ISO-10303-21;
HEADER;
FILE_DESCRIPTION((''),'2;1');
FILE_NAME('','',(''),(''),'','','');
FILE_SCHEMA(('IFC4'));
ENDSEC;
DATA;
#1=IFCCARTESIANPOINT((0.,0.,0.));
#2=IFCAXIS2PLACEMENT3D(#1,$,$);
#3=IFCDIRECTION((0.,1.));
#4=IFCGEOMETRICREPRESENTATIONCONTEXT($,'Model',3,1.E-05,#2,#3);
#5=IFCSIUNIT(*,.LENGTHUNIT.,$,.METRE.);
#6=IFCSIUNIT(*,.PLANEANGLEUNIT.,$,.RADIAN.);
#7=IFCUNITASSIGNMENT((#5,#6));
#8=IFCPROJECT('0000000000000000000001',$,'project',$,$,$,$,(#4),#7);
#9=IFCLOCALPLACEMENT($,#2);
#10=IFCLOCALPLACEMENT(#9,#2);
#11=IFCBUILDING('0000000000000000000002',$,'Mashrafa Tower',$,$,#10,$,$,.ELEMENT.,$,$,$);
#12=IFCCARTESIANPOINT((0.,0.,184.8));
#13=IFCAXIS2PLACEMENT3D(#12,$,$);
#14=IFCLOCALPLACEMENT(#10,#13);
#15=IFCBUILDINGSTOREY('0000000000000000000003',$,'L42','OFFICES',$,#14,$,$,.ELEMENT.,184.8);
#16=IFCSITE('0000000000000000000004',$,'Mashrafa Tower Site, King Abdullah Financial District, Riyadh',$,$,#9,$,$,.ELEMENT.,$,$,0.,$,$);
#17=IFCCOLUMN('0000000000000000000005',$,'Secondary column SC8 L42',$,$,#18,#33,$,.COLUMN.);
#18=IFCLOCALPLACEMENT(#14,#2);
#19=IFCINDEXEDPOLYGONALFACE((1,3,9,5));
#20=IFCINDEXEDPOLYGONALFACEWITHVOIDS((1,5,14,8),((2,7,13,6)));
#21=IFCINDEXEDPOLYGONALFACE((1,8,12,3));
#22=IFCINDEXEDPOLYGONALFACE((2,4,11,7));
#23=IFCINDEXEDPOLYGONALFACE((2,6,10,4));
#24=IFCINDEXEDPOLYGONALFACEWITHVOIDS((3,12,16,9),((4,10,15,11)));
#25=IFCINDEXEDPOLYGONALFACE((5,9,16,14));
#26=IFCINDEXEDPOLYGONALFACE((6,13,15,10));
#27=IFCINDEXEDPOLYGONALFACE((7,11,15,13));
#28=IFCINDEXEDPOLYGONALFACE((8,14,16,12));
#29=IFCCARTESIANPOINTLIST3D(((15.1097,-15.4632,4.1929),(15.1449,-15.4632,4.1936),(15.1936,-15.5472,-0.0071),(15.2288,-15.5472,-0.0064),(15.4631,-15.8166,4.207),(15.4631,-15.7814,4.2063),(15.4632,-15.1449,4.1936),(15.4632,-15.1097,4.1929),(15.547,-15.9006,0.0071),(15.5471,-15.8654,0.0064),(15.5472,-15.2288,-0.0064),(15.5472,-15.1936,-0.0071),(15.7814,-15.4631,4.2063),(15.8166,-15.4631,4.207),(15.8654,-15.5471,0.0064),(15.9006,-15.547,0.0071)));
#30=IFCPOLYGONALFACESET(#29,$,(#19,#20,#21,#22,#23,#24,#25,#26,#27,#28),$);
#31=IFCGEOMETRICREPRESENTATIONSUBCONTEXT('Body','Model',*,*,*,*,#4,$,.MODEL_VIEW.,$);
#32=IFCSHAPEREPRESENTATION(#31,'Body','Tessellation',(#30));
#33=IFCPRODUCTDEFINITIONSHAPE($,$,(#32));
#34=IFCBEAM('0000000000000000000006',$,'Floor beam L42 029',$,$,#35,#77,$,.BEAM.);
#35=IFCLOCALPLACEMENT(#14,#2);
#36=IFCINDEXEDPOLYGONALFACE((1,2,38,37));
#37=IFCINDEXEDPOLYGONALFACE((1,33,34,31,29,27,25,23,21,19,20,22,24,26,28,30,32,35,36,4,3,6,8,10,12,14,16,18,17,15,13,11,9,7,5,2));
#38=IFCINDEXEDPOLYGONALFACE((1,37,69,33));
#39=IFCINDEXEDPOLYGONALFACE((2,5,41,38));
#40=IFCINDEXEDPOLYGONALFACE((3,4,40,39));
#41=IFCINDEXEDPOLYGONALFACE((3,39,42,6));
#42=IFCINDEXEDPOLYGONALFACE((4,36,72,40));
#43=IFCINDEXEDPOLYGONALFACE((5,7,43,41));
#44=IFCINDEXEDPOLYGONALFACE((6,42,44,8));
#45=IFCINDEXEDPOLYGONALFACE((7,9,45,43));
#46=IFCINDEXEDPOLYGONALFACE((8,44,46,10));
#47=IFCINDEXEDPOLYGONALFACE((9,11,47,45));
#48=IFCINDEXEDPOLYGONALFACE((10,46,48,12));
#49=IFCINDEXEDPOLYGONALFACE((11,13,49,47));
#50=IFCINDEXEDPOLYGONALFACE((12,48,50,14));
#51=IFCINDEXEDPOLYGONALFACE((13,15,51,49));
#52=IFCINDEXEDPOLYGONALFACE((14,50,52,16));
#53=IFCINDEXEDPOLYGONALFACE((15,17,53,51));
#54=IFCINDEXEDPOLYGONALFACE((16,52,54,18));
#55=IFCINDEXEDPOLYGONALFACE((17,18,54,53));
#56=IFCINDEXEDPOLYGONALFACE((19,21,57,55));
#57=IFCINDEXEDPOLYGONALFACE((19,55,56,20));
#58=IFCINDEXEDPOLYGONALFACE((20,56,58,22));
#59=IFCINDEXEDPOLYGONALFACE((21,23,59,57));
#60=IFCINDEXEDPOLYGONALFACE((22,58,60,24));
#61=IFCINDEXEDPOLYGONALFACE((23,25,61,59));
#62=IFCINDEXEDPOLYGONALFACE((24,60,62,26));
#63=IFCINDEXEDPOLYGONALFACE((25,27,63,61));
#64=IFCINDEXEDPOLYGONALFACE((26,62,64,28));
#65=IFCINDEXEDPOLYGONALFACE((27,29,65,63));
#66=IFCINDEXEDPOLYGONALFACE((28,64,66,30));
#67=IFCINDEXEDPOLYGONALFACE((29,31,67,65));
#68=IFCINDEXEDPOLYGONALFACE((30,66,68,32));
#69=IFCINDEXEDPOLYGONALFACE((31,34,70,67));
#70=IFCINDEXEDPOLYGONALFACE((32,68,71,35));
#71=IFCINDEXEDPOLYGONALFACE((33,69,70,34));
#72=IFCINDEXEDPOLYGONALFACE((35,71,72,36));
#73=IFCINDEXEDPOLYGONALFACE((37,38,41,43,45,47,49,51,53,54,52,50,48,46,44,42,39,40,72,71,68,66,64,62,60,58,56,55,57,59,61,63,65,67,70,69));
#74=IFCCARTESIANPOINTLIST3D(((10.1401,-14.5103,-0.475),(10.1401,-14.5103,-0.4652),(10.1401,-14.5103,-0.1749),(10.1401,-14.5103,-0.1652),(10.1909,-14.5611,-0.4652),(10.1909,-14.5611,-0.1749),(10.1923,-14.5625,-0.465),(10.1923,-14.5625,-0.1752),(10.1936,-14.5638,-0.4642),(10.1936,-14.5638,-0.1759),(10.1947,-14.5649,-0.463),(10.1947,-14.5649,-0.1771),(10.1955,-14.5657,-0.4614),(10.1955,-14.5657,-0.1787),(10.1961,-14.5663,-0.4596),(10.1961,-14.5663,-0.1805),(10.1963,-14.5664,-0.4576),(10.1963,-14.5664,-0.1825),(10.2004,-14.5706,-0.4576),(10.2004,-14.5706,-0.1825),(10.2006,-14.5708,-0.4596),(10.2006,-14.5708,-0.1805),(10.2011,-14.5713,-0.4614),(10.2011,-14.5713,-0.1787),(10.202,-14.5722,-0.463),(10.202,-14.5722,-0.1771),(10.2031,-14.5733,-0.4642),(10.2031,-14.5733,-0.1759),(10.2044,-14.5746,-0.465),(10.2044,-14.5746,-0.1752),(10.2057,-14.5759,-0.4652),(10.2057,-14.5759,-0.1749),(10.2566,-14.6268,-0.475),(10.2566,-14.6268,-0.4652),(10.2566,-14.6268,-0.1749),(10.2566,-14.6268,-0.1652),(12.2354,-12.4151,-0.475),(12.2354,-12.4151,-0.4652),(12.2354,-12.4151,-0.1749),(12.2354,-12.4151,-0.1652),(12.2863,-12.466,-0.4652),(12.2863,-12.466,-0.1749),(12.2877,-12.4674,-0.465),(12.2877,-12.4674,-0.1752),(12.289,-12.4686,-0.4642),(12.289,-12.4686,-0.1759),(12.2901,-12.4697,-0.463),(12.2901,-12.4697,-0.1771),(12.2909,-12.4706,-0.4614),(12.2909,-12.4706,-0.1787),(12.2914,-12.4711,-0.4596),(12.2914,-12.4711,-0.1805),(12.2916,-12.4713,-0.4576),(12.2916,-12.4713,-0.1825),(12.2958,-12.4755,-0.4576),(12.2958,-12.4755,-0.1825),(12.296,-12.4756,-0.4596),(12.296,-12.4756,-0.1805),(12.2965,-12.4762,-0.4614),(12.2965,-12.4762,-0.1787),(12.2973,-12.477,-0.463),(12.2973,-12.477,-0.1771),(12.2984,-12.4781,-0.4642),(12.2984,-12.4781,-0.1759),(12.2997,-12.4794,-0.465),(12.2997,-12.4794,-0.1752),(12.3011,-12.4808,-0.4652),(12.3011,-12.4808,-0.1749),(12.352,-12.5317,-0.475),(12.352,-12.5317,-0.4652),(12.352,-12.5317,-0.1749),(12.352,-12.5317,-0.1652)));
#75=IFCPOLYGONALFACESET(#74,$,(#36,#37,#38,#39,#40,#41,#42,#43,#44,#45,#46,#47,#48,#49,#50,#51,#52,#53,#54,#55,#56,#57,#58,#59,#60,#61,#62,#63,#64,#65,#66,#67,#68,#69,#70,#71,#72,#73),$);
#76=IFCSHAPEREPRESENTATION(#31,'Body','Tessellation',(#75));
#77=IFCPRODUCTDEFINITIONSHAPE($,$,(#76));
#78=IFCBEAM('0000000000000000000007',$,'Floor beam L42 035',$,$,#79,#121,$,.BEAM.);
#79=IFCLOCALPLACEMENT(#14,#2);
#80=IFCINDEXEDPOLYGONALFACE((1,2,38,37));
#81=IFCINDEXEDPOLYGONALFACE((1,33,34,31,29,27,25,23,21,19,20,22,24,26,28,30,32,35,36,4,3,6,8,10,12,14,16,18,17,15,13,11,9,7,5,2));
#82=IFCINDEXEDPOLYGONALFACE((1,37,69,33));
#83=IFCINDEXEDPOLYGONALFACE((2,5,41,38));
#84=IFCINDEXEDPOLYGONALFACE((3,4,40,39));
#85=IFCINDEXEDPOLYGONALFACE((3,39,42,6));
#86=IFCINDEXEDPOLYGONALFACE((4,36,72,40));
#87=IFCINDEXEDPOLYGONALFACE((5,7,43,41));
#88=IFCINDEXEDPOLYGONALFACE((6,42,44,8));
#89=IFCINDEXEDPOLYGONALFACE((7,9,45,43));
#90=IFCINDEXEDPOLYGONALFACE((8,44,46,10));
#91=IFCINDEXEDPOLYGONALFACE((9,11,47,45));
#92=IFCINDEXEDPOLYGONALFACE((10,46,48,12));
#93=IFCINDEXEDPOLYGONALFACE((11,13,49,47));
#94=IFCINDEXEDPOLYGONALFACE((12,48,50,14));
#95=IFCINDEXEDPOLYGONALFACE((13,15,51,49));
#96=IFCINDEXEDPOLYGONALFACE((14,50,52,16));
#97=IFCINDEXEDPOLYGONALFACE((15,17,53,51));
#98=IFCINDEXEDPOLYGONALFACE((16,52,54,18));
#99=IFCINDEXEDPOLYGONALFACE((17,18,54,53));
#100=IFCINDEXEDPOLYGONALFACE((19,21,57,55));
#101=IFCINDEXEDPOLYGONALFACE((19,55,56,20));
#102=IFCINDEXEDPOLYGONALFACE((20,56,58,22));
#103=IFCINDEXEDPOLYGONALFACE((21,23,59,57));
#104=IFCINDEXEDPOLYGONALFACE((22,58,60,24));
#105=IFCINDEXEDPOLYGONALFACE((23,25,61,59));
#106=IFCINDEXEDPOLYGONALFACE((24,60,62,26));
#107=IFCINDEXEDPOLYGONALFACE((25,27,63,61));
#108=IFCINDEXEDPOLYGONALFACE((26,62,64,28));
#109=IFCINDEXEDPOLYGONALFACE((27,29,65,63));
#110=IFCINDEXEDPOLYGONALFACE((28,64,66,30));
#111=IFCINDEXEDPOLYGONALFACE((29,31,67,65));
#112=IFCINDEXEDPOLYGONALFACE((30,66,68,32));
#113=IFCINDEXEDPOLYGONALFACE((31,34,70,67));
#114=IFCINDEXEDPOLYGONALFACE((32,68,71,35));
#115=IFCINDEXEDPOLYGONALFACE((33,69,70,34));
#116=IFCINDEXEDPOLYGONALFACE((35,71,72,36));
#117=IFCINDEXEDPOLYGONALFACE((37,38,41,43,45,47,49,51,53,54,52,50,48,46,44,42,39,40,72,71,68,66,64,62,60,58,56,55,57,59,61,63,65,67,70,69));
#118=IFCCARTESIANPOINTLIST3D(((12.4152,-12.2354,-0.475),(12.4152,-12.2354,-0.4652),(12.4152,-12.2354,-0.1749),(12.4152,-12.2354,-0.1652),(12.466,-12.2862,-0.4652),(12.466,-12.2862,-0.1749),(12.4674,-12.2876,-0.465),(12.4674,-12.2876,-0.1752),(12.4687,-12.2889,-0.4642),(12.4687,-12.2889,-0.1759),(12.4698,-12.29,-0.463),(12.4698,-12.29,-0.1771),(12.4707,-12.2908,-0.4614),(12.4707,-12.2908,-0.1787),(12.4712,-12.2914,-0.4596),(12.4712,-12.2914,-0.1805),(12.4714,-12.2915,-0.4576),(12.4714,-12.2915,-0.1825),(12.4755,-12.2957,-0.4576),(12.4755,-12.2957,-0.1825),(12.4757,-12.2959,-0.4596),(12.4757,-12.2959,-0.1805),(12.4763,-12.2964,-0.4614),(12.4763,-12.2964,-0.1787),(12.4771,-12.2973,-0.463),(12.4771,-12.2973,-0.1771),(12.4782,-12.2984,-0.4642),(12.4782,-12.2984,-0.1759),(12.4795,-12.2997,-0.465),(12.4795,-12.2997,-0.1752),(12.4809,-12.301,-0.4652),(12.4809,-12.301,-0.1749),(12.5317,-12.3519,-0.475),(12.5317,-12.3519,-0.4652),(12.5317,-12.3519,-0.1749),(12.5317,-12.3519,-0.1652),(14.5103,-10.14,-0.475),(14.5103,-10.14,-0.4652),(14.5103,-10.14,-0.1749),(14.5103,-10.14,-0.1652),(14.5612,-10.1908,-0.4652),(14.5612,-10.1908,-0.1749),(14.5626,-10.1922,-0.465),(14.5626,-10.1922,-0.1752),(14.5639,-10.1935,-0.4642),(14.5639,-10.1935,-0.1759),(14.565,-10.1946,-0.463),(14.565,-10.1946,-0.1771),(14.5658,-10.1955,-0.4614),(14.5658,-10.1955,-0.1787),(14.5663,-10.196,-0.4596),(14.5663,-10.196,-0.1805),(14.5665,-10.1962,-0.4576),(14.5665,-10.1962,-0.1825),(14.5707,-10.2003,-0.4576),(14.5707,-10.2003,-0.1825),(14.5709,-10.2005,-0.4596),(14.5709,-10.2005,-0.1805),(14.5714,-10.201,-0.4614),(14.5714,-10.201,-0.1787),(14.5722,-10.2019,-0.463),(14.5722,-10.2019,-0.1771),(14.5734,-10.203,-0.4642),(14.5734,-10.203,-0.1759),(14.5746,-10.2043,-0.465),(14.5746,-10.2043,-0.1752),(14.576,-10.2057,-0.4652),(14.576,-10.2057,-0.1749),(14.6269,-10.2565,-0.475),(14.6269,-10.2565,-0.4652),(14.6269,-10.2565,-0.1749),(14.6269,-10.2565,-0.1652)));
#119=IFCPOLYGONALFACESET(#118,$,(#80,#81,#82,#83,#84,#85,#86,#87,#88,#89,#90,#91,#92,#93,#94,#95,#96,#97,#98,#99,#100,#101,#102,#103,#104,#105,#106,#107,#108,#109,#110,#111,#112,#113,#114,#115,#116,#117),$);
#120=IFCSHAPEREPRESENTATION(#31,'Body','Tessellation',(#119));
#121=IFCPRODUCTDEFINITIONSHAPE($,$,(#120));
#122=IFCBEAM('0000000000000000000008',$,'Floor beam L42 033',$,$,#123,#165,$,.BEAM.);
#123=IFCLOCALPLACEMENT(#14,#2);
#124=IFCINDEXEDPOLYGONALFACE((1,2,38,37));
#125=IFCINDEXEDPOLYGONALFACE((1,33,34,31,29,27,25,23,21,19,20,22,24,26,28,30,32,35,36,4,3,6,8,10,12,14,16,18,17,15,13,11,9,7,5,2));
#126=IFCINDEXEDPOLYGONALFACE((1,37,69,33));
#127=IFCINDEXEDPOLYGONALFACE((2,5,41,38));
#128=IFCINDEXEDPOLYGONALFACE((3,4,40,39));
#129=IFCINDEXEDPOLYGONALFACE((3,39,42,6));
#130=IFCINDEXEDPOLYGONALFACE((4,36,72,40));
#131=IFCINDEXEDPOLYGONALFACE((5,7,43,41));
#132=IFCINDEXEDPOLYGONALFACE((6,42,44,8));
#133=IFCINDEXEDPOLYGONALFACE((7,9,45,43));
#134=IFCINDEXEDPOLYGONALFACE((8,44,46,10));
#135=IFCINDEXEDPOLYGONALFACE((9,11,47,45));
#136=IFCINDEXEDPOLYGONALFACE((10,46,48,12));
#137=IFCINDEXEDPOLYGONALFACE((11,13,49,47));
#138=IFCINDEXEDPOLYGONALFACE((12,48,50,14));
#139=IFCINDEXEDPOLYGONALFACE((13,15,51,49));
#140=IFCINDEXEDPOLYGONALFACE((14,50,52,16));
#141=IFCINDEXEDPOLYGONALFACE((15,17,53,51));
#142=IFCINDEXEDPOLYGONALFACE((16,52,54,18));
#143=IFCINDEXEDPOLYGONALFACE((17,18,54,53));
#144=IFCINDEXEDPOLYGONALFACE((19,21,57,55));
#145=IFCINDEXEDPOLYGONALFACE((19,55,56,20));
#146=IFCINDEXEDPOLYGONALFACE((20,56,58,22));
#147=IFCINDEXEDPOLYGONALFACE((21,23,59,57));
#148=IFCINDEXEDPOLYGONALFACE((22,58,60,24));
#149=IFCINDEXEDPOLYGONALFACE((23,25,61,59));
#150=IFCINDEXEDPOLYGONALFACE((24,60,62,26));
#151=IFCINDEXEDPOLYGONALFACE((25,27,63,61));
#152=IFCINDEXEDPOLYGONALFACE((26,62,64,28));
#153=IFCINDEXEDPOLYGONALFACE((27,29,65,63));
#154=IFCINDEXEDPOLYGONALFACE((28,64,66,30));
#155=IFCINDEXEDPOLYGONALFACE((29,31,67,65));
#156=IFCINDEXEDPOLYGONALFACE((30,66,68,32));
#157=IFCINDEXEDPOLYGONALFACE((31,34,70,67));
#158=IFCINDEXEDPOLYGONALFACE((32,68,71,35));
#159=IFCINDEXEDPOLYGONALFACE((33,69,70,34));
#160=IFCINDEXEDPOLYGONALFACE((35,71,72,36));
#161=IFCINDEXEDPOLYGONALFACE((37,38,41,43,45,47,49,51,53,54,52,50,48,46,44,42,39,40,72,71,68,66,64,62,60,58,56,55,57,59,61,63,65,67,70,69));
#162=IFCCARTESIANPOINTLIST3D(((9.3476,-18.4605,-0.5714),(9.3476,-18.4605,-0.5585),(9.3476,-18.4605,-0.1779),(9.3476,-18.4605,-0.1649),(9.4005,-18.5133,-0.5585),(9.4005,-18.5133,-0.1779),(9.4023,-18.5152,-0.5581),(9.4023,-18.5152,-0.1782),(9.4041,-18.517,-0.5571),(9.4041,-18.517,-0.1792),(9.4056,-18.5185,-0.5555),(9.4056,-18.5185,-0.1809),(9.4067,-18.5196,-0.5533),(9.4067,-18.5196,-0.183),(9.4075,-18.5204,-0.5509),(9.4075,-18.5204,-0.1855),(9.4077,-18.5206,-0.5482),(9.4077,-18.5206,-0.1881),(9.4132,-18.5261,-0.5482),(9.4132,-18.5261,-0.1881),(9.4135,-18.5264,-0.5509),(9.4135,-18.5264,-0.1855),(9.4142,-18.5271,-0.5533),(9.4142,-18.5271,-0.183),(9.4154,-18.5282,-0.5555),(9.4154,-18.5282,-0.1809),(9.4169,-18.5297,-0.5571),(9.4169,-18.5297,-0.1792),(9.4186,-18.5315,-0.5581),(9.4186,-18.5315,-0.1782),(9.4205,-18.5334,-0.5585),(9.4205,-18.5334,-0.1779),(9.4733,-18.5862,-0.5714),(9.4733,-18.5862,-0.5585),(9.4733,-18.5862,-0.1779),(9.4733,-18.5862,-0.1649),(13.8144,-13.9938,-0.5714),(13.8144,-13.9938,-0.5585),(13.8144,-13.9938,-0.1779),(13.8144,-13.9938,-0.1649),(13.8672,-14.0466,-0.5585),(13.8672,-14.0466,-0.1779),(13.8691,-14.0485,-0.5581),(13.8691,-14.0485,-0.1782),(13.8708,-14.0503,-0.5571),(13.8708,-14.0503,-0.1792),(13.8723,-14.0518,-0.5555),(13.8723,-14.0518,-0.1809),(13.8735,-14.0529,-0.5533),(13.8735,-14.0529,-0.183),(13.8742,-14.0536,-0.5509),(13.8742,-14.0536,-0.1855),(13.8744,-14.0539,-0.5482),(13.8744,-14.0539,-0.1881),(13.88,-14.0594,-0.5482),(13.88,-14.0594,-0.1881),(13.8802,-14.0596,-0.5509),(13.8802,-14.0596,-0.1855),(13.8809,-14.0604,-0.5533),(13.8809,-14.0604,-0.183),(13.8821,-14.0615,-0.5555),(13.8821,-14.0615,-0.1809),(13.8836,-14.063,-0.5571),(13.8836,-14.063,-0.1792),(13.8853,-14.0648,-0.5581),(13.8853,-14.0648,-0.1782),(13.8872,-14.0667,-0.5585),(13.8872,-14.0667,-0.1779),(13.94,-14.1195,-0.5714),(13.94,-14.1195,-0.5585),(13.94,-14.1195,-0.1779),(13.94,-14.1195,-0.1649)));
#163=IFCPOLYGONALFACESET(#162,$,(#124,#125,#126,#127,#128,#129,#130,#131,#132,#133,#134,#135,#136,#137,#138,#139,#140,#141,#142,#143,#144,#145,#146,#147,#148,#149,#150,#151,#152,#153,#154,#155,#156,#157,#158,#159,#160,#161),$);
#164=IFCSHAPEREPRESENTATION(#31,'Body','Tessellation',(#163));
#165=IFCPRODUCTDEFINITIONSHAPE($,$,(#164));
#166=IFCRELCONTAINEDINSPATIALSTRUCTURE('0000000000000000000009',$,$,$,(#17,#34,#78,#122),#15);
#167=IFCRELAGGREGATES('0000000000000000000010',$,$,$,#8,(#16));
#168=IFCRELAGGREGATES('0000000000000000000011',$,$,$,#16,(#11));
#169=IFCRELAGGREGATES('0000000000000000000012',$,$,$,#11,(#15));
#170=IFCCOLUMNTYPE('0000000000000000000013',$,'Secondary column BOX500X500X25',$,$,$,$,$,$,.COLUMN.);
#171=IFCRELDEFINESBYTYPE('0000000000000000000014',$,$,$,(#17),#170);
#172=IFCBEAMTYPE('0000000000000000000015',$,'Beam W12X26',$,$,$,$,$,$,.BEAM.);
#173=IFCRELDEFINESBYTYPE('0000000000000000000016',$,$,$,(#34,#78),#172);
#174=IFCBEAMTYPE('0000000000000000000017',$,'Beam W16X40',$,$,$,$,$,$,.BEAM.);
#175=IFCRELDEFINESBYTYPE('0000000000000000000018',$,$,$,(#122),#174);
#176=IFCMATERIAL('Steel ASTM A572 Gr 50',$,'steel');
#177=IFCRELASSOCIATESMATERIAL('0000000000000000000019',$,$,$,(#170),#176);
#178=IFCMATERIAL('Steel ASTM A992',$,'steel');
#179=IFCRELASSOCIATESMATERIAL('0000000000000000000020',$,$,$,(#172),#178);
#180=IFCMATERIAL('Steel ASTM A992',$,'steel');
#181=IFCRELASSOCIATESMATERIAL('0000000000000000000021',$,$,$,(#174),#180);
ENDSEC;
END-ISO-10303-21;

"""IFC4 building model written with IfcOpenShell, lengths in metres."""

from ifc_helpers import new_model, si_unit, direction, frame, origin, origin_2d, place, context, subcontext, project, spatial, hollow_rectangle, i_section, extrude, material, material_profile, profile_set, type_object, element, save


model = new_model("IFC4")

# Units and contexts
model_context = context("Model", 3, precision=1e-05, world=origin(), true_north=direction((0.0, 1.0)))
body_context = subcontext(model_context, "Body", "Model", "MODEL_VIEW")
ifc_project = project(units=[si_unit("LENGTHUNIT", "METRE"), si_unit("PLANEANGLEUNIT", "RADIAN")], contexts=[model_context])

# Site, building, storey
site_placement = place(None, origin())
site = spatial("IfcSite", under=ifc_project, at=site_placement, Name="Mashrafa Tower Site, King Abdullah Financial District, Riyadh", CompositionType="ELEMENT", RefElevation=0.0)
building_placement = place(site_placement, origin())
building = spatial("IfcBuilding", under=site, at=building_placement, Name="Mashrafa Tower", CompositionType="ELEMENT")
storey_placement = place(building_placement, frame((0.0, 0.0, 184.8)))
storey = spatial("IfcBuildingStorey", under=building, at=storey_placement, Name="L42", Description="OFFICES", CompositionType="ELEMENT", Elevation=184.8)

# Column
ifc_material_1 = material(Name="Steel ASTM A572 Gr 50", Category="steel")
ifc_material_profile_1 = material_profile(ifc_material_1, hollow_rectangle(XDim=0.5, YDim=0.5, WallThickness=0.0249, at=origin_2d()), Name="BOX500X500X25")
ifc_profile_set_1 = profile_set([ifc_material_profile_1], Name="Steel ASTM A572 Gr 50")
column_type = type_object("IfcColumnType", Name="Secondary column BOX500X500X25", PredefinedType="COLUMN", material=ifc_profile_set_1)
column_placement = place(storey_placement, frame((15.5471, -15.5471, 0.0), z_axis=(-0.019989, 0.019989, 0.9996), x_axis=(-0.707107, -0.707107, 0.0)))
element("IfcColumn", 1, at=column_placement, inside=storey, type_object=column_type, Name="Secondary column SC8 L42", PredefinedType="COLUMN", context=body_context, shape_type="SweptSolid", body=[
    extrude(hollow_rectangle(XDim=0.5, YDim=0.5, WallThickness=0.0249, at=origin_2d()), origin(), (0.0, 0.0, 1.0), 4.2017),
])

# Beams
ifc_material_2 = material(Name="Steel ASTM A992", Category="steel")
ifc_material_profile_2 = material_profile(ifc_material_2, i_section(OverallWidth=0.1648, OverallDepth=0.3098, WebThickness=0.0059, FlangeThickness=0.0098, FilletRadius=0.0076, at=origin_2d()), Name="W12X26")
ifc_profile_set_2 = profile_set([ifc_material_profile_2], Name="Steel ASTM A992")
beam_type_1 = type_object("IfcBeamType", Name="Beam W12X26", PredefinedType="BEAM", material=ifc_profile_set_2)
for number, where, z_axis, x_axis, name in (
    (2, (12.2937, -12.4734, -0.3201), (-0.707148, -0.707066, 0.0), (0.707066, -0.707148, 0.0), "Floor beam L42 029"),
    (3, (14.5686, -10.1982, -0.3201), (-0.707066, -0.707148, 0.0), (0.707148, -0.707066, 0.0), "Floor beam L42 035"),
):
    element("IfcBeam", number, at=place(storey_placement, frame(where, z_axis=z_axis, x_axis=x_axis)), inside=storey, type_object=beam_type_1, Name=name, PredefinedType="BEAM", context=body_context, shape_type="SweptSolid", body=[
        extrude(i_section(OverallWidth=0.1648, OverallDepth=0.3098, WebThickness=0.0059, FlangeThickness=0.0098, FilletRadius=0.0076, at=origin_2d()), origin(), (0.0, 0.0, 1.0), 2.9631),
    ])
ifc_material_3 = material(Name="Steel ASTM A992", Category="steel")
ifc_material_profile_3 = material_profile(ifc_material_3, i_section(OverallWidth=0.1777, OverallDepth=0.4065, WebThickness=0.0078, FlangeThickness=0.0129, FilletRadius=0.0103, at=origin_2d()), Name="W16X40")
ifc_profile_set_3 = profile_set([ifc_material_profile_3], Name="Steel ASTM A992")
beam_type_2 = type_object("IfcBeamType", Name="Beam W16X40", PredefinedType="BEAM", material=ifc_profile_set_3)
for number, where, z_axis, x_axis, name in (
    (4, (13.8772, -14.0566, -0.3682), (-0.707107, -0.707107, 0.0), (0.707107, -0.707107, 0.0), "Floor beam L42 033"),
):
    element("IfcBeam", number, at=place(storey_placement, frame(where, z_axis=z_axis, x_axis=x_axis)), inside=storey, type_object=beam_type_2, Name=name, PredefinedType="BEAM", context=body_context, shape_type="SweptSolid", body=[
        extrude(i_section(OverallWidth=0.1777, OverallDepth=0.4065, WebThickness=0.0078, FlangeThickness=0.0129, FilletRadius=0.0103, at=origin_2d()), origin(), (0.0, 0.0, 1.0), 6.3169),
    ])

save(model, "model.ifc")
